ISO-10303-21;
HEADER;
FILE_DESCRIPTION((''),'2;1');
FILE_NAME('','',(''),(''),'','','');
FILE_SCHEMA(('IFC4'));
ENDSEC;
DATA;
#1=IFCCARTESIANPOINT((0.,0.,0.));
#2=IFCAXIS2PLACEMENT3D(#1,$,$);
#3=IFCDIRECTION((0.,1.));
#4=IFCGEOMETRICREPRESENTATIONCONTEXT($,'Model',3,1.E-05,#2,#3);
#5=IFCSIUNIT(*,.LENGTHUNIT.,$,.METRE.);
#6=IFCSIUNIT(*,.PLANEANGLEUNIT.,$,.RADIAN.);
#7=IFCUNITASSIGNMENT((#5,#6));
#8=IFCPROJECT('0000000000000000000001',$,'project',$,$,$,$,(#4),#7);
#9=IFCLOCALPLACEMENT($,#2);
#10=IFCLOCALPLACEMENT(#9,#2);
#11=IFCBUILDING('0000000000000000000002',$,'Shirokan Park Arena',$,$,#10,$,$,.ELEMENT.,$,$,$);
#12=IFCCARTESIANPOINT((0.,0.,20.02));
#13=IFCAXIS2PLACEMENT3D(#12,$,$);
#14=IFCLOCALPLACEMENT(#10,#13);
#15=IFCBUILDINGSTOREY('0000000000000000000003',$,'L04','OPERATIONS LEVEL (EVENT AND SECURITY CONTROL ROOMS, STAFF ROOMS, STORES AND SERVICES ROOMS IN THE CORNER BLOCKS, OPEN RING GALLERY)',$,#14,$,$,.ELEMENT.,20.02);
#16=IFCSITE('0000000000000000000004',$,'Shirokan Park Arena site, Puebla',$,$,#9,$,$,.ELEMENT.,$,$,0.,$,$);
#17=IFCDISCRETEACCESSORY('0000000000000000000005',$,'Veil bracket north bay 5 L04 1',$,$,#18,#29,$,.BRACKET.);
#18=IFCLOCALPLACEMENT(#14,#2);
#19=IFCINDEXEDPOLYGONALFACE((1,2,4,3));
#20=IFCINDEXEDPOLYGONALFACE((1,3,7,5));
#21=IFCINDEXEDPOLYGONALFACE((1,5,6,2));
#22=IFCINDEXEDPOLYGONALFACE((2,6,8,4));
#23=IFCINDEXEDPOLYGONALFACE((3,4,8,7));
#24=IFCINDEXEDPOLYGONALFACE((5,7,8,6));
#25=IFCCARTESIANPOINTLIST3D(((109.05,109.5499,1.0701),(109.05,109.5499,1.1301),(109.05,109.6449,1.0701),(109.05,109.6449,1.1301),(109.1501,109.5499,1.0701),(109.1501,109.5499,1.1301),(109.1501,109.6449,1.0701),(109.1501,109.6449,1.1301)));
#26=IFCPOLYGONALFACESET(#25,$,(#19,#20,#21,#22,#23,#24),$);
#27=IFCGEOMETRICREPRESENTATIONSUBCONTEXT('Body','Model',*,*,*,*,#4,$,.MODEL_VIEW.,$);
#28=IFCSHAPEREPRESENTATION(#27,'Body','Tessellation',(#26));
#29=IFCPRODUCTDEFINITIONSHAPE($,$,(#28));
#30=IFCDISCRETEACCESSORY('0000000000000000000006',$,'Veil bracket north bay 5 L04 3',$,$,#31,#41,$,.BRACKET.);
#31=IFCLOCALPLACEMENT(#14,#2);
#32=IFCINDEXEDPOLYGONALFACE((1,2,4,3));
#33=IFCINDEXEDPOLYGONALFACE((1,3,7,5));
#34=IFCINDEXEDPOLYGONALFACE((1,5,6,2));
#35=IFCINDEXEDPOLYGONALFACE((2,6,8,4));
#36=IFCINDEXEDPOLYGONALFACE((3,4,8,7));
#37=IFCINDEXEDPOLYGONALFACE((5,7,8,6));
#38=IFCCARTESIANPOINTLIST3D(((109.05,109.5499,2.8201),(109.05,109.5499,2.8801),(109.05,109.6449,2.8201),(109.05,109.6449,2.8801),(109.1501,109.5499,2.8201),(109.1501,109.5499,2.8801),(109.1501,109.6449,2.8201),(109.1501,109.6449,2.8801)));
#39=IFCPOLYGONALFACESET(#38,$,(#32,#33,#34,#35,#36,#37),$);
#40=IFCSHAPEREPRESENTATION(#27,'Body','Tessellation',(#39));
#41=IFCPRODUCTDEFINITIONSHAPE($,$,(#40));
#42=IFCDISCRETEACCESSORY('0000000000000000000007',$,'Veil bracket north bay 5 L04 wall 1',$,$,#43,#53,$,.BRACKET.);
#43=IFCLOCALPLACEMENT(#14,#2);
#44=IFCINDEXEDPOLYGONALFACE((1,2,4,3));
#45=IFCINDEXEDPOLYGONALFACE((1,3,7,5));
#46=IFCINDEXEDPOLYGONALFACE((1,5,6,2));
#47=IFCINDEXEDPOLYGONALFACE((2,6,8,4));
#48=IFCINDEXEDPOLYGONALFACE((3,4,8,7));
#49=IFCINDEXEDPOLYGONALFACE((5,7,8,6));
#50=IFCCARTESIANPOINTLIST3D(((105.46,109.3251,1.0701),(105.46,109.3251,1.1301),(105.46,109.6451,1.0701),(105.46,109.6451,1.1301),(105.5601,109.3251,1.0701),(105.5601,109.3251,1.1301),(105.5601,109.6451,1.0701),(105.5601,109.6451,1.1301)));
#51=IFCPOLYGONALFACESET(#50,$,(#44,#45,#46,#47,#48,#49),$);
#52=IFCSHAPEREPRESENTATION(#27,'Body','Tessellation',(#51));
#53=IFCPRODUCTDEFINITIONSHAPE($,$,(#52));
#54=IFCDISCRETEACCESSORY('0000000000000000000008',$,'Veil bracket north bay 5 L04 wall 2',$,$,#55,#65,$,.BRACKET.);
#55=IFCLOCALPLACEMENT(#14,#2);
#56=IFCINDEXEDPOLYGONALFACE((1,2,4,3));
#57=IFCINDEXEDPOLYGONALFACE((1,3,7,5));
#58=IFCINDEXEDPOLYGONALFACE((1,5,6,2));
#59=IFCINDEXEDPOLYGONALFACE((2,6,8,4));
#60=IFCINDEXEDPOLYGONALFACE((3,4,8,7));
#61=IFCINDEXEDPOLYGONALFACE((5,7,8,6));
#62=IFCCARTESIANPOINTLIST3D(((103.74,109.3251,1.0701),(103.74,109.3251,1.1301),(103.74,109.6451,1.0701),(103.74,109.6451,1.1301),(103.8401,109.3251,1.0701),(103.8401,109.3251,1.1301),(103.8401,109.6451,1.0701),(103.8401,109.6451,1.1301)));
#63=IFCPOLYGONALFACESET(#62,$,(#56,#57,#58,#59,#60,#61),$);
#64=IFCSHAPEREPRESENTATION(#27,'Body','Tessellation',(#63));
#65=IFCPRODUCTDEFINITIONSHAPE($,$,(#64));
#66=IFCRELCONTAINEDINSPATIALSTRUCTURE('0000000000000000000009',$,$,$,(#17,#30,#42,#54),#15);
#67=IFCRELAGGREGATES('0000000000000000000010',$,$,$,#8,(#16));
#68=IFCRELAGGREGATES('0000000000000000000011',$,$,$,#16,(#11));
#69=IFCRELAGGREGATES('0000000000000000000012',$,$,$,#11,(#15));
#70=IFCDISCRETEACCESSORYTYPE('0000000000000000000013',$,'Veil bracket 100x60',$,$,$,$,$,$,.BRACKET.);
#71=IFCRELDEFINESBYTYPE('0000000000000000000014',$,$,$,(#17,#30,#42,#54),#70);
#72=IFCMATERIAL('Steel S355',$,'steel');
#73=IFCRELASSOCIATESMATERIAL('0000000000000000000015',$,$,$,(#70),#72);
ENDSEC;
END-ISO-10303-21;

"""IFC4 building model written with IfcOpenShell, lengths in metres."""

from ifc_helpers import new_model, si_unit, direction, frame, origin, origin_2d, place, context, subcontext, project, spatial, rectangle, extrude, material, type_object, element, save


model = new_model("IFC4")

# Units and contexts
model_context = context("Model", 3, precision=1e-05, world=origin(), true_north=direction((0.0, 1.0)))
body_context = subcontext(model_context, "Body", "Model", "MODEL_VIEW")
ifc_project = project(units=[si_unit("LENGTHUNIT", "METRE"), si_unit("PLANEANGLEUNIT", "RADIAN")], contexts=[model_context])

# Site, building, storey
site_placement = place(None, origin())
site = spatial("IfcSite", under=ifc_project, at=site_placement, Name="Shirokan Park Arena site, Puebla", CompositionType="ELEMENT", RefElevation=0.0)
building_placement = place(site_placement, origin())
building = spatial("IfcBuilding", under=site, at=building_placement, Name="Shirokan Park Arena", CompositionType="ELEMENT")
storey_placement = place(building_placement, frame((0.0, 0.0, 20.02)))
storey = spatial("IfcBuildingStorey", under=building, at=storey_placement, Name="L04", Description="OPERATIONS LEVEL (EVENT AND SECURITY CONTROL ROOMS, STAFF ROOMS, STORES AND SERVICES ROOMS IN THE CORNER BLOCKS, OPEN RING GALLERY)", CompositionType="ELEMENT", Elevation=20.02)

# Shared definitions
ifc_material_1 = material(Name="Steel S355", Category="steel")

# Discrete accessories
discrete_accessory_type = type_object("IfcDiscreteAccessoryType", Name="Veil bracket 100x60", PredefinedType="BRACKET", material=ifc_material_1)
for number, where, z_axis, x_axis, name in (
    (1, (109.1001, 109.5974, 1.0701), (0.0, 0.0, 1.0), (-1.0, 0.0, 0.0), "Veil bracket north bay 5 L04 1"),
    (2, (109.1001, 109.5974, 2.8201), (0.0, 0.0, 1.0), (-1.0, 0.0, 0.0), "Veil bracket north bay 5 L04 3"),
):
    element("IfcDiscreteAccessory", number, at=place(storey_placement, frame(where, z_axis=z_axis, x_axis=x_axis)), inside=storey, type_object=discrete_accessory_type, Name=name, PredefinedType="BRACKET", context=body_context, shape_type="SweptSolid", body=[
        extrude(rectangle(XDim=0.1001, YDim=0.095, at=origin_2d()), origin(), (0.0, 0.0, 1.0), 0.0601),
    ])
for number, where, z_axis, x_axis, name in (
    (3, (105.51, 109.4851, 1.0701), (0.0, 0.0, 1.0), (-1.0, 0.0, 0.0), "Veil bracket north bay 5 L04 wall 1"),
    (4, (103.79, 109.4851, 1.0701), (0.0, 0.0, 1.0), (-1.0, 0.0, 0.0), "Veil bracket north bay 5 L04 wall 2"),
):
    element("IfcDiscreteAccessory", number, at=place(storey_placement, frame(where, z_axis=z_axis, x_axis=x_axis)), inside=storey, type_object=discrete_accessory_type, Name=name, PredefinedType="BRACKET", context=body_context, shape_type="SweptSolid", body=[
        extrude(rectangle(XDim=0.1001, YDim=0.3201, at=origin_2d()), origin(), (0.0, 0.0, 1.0), 0.0601),
    ])

save(model, "model.ifc")
